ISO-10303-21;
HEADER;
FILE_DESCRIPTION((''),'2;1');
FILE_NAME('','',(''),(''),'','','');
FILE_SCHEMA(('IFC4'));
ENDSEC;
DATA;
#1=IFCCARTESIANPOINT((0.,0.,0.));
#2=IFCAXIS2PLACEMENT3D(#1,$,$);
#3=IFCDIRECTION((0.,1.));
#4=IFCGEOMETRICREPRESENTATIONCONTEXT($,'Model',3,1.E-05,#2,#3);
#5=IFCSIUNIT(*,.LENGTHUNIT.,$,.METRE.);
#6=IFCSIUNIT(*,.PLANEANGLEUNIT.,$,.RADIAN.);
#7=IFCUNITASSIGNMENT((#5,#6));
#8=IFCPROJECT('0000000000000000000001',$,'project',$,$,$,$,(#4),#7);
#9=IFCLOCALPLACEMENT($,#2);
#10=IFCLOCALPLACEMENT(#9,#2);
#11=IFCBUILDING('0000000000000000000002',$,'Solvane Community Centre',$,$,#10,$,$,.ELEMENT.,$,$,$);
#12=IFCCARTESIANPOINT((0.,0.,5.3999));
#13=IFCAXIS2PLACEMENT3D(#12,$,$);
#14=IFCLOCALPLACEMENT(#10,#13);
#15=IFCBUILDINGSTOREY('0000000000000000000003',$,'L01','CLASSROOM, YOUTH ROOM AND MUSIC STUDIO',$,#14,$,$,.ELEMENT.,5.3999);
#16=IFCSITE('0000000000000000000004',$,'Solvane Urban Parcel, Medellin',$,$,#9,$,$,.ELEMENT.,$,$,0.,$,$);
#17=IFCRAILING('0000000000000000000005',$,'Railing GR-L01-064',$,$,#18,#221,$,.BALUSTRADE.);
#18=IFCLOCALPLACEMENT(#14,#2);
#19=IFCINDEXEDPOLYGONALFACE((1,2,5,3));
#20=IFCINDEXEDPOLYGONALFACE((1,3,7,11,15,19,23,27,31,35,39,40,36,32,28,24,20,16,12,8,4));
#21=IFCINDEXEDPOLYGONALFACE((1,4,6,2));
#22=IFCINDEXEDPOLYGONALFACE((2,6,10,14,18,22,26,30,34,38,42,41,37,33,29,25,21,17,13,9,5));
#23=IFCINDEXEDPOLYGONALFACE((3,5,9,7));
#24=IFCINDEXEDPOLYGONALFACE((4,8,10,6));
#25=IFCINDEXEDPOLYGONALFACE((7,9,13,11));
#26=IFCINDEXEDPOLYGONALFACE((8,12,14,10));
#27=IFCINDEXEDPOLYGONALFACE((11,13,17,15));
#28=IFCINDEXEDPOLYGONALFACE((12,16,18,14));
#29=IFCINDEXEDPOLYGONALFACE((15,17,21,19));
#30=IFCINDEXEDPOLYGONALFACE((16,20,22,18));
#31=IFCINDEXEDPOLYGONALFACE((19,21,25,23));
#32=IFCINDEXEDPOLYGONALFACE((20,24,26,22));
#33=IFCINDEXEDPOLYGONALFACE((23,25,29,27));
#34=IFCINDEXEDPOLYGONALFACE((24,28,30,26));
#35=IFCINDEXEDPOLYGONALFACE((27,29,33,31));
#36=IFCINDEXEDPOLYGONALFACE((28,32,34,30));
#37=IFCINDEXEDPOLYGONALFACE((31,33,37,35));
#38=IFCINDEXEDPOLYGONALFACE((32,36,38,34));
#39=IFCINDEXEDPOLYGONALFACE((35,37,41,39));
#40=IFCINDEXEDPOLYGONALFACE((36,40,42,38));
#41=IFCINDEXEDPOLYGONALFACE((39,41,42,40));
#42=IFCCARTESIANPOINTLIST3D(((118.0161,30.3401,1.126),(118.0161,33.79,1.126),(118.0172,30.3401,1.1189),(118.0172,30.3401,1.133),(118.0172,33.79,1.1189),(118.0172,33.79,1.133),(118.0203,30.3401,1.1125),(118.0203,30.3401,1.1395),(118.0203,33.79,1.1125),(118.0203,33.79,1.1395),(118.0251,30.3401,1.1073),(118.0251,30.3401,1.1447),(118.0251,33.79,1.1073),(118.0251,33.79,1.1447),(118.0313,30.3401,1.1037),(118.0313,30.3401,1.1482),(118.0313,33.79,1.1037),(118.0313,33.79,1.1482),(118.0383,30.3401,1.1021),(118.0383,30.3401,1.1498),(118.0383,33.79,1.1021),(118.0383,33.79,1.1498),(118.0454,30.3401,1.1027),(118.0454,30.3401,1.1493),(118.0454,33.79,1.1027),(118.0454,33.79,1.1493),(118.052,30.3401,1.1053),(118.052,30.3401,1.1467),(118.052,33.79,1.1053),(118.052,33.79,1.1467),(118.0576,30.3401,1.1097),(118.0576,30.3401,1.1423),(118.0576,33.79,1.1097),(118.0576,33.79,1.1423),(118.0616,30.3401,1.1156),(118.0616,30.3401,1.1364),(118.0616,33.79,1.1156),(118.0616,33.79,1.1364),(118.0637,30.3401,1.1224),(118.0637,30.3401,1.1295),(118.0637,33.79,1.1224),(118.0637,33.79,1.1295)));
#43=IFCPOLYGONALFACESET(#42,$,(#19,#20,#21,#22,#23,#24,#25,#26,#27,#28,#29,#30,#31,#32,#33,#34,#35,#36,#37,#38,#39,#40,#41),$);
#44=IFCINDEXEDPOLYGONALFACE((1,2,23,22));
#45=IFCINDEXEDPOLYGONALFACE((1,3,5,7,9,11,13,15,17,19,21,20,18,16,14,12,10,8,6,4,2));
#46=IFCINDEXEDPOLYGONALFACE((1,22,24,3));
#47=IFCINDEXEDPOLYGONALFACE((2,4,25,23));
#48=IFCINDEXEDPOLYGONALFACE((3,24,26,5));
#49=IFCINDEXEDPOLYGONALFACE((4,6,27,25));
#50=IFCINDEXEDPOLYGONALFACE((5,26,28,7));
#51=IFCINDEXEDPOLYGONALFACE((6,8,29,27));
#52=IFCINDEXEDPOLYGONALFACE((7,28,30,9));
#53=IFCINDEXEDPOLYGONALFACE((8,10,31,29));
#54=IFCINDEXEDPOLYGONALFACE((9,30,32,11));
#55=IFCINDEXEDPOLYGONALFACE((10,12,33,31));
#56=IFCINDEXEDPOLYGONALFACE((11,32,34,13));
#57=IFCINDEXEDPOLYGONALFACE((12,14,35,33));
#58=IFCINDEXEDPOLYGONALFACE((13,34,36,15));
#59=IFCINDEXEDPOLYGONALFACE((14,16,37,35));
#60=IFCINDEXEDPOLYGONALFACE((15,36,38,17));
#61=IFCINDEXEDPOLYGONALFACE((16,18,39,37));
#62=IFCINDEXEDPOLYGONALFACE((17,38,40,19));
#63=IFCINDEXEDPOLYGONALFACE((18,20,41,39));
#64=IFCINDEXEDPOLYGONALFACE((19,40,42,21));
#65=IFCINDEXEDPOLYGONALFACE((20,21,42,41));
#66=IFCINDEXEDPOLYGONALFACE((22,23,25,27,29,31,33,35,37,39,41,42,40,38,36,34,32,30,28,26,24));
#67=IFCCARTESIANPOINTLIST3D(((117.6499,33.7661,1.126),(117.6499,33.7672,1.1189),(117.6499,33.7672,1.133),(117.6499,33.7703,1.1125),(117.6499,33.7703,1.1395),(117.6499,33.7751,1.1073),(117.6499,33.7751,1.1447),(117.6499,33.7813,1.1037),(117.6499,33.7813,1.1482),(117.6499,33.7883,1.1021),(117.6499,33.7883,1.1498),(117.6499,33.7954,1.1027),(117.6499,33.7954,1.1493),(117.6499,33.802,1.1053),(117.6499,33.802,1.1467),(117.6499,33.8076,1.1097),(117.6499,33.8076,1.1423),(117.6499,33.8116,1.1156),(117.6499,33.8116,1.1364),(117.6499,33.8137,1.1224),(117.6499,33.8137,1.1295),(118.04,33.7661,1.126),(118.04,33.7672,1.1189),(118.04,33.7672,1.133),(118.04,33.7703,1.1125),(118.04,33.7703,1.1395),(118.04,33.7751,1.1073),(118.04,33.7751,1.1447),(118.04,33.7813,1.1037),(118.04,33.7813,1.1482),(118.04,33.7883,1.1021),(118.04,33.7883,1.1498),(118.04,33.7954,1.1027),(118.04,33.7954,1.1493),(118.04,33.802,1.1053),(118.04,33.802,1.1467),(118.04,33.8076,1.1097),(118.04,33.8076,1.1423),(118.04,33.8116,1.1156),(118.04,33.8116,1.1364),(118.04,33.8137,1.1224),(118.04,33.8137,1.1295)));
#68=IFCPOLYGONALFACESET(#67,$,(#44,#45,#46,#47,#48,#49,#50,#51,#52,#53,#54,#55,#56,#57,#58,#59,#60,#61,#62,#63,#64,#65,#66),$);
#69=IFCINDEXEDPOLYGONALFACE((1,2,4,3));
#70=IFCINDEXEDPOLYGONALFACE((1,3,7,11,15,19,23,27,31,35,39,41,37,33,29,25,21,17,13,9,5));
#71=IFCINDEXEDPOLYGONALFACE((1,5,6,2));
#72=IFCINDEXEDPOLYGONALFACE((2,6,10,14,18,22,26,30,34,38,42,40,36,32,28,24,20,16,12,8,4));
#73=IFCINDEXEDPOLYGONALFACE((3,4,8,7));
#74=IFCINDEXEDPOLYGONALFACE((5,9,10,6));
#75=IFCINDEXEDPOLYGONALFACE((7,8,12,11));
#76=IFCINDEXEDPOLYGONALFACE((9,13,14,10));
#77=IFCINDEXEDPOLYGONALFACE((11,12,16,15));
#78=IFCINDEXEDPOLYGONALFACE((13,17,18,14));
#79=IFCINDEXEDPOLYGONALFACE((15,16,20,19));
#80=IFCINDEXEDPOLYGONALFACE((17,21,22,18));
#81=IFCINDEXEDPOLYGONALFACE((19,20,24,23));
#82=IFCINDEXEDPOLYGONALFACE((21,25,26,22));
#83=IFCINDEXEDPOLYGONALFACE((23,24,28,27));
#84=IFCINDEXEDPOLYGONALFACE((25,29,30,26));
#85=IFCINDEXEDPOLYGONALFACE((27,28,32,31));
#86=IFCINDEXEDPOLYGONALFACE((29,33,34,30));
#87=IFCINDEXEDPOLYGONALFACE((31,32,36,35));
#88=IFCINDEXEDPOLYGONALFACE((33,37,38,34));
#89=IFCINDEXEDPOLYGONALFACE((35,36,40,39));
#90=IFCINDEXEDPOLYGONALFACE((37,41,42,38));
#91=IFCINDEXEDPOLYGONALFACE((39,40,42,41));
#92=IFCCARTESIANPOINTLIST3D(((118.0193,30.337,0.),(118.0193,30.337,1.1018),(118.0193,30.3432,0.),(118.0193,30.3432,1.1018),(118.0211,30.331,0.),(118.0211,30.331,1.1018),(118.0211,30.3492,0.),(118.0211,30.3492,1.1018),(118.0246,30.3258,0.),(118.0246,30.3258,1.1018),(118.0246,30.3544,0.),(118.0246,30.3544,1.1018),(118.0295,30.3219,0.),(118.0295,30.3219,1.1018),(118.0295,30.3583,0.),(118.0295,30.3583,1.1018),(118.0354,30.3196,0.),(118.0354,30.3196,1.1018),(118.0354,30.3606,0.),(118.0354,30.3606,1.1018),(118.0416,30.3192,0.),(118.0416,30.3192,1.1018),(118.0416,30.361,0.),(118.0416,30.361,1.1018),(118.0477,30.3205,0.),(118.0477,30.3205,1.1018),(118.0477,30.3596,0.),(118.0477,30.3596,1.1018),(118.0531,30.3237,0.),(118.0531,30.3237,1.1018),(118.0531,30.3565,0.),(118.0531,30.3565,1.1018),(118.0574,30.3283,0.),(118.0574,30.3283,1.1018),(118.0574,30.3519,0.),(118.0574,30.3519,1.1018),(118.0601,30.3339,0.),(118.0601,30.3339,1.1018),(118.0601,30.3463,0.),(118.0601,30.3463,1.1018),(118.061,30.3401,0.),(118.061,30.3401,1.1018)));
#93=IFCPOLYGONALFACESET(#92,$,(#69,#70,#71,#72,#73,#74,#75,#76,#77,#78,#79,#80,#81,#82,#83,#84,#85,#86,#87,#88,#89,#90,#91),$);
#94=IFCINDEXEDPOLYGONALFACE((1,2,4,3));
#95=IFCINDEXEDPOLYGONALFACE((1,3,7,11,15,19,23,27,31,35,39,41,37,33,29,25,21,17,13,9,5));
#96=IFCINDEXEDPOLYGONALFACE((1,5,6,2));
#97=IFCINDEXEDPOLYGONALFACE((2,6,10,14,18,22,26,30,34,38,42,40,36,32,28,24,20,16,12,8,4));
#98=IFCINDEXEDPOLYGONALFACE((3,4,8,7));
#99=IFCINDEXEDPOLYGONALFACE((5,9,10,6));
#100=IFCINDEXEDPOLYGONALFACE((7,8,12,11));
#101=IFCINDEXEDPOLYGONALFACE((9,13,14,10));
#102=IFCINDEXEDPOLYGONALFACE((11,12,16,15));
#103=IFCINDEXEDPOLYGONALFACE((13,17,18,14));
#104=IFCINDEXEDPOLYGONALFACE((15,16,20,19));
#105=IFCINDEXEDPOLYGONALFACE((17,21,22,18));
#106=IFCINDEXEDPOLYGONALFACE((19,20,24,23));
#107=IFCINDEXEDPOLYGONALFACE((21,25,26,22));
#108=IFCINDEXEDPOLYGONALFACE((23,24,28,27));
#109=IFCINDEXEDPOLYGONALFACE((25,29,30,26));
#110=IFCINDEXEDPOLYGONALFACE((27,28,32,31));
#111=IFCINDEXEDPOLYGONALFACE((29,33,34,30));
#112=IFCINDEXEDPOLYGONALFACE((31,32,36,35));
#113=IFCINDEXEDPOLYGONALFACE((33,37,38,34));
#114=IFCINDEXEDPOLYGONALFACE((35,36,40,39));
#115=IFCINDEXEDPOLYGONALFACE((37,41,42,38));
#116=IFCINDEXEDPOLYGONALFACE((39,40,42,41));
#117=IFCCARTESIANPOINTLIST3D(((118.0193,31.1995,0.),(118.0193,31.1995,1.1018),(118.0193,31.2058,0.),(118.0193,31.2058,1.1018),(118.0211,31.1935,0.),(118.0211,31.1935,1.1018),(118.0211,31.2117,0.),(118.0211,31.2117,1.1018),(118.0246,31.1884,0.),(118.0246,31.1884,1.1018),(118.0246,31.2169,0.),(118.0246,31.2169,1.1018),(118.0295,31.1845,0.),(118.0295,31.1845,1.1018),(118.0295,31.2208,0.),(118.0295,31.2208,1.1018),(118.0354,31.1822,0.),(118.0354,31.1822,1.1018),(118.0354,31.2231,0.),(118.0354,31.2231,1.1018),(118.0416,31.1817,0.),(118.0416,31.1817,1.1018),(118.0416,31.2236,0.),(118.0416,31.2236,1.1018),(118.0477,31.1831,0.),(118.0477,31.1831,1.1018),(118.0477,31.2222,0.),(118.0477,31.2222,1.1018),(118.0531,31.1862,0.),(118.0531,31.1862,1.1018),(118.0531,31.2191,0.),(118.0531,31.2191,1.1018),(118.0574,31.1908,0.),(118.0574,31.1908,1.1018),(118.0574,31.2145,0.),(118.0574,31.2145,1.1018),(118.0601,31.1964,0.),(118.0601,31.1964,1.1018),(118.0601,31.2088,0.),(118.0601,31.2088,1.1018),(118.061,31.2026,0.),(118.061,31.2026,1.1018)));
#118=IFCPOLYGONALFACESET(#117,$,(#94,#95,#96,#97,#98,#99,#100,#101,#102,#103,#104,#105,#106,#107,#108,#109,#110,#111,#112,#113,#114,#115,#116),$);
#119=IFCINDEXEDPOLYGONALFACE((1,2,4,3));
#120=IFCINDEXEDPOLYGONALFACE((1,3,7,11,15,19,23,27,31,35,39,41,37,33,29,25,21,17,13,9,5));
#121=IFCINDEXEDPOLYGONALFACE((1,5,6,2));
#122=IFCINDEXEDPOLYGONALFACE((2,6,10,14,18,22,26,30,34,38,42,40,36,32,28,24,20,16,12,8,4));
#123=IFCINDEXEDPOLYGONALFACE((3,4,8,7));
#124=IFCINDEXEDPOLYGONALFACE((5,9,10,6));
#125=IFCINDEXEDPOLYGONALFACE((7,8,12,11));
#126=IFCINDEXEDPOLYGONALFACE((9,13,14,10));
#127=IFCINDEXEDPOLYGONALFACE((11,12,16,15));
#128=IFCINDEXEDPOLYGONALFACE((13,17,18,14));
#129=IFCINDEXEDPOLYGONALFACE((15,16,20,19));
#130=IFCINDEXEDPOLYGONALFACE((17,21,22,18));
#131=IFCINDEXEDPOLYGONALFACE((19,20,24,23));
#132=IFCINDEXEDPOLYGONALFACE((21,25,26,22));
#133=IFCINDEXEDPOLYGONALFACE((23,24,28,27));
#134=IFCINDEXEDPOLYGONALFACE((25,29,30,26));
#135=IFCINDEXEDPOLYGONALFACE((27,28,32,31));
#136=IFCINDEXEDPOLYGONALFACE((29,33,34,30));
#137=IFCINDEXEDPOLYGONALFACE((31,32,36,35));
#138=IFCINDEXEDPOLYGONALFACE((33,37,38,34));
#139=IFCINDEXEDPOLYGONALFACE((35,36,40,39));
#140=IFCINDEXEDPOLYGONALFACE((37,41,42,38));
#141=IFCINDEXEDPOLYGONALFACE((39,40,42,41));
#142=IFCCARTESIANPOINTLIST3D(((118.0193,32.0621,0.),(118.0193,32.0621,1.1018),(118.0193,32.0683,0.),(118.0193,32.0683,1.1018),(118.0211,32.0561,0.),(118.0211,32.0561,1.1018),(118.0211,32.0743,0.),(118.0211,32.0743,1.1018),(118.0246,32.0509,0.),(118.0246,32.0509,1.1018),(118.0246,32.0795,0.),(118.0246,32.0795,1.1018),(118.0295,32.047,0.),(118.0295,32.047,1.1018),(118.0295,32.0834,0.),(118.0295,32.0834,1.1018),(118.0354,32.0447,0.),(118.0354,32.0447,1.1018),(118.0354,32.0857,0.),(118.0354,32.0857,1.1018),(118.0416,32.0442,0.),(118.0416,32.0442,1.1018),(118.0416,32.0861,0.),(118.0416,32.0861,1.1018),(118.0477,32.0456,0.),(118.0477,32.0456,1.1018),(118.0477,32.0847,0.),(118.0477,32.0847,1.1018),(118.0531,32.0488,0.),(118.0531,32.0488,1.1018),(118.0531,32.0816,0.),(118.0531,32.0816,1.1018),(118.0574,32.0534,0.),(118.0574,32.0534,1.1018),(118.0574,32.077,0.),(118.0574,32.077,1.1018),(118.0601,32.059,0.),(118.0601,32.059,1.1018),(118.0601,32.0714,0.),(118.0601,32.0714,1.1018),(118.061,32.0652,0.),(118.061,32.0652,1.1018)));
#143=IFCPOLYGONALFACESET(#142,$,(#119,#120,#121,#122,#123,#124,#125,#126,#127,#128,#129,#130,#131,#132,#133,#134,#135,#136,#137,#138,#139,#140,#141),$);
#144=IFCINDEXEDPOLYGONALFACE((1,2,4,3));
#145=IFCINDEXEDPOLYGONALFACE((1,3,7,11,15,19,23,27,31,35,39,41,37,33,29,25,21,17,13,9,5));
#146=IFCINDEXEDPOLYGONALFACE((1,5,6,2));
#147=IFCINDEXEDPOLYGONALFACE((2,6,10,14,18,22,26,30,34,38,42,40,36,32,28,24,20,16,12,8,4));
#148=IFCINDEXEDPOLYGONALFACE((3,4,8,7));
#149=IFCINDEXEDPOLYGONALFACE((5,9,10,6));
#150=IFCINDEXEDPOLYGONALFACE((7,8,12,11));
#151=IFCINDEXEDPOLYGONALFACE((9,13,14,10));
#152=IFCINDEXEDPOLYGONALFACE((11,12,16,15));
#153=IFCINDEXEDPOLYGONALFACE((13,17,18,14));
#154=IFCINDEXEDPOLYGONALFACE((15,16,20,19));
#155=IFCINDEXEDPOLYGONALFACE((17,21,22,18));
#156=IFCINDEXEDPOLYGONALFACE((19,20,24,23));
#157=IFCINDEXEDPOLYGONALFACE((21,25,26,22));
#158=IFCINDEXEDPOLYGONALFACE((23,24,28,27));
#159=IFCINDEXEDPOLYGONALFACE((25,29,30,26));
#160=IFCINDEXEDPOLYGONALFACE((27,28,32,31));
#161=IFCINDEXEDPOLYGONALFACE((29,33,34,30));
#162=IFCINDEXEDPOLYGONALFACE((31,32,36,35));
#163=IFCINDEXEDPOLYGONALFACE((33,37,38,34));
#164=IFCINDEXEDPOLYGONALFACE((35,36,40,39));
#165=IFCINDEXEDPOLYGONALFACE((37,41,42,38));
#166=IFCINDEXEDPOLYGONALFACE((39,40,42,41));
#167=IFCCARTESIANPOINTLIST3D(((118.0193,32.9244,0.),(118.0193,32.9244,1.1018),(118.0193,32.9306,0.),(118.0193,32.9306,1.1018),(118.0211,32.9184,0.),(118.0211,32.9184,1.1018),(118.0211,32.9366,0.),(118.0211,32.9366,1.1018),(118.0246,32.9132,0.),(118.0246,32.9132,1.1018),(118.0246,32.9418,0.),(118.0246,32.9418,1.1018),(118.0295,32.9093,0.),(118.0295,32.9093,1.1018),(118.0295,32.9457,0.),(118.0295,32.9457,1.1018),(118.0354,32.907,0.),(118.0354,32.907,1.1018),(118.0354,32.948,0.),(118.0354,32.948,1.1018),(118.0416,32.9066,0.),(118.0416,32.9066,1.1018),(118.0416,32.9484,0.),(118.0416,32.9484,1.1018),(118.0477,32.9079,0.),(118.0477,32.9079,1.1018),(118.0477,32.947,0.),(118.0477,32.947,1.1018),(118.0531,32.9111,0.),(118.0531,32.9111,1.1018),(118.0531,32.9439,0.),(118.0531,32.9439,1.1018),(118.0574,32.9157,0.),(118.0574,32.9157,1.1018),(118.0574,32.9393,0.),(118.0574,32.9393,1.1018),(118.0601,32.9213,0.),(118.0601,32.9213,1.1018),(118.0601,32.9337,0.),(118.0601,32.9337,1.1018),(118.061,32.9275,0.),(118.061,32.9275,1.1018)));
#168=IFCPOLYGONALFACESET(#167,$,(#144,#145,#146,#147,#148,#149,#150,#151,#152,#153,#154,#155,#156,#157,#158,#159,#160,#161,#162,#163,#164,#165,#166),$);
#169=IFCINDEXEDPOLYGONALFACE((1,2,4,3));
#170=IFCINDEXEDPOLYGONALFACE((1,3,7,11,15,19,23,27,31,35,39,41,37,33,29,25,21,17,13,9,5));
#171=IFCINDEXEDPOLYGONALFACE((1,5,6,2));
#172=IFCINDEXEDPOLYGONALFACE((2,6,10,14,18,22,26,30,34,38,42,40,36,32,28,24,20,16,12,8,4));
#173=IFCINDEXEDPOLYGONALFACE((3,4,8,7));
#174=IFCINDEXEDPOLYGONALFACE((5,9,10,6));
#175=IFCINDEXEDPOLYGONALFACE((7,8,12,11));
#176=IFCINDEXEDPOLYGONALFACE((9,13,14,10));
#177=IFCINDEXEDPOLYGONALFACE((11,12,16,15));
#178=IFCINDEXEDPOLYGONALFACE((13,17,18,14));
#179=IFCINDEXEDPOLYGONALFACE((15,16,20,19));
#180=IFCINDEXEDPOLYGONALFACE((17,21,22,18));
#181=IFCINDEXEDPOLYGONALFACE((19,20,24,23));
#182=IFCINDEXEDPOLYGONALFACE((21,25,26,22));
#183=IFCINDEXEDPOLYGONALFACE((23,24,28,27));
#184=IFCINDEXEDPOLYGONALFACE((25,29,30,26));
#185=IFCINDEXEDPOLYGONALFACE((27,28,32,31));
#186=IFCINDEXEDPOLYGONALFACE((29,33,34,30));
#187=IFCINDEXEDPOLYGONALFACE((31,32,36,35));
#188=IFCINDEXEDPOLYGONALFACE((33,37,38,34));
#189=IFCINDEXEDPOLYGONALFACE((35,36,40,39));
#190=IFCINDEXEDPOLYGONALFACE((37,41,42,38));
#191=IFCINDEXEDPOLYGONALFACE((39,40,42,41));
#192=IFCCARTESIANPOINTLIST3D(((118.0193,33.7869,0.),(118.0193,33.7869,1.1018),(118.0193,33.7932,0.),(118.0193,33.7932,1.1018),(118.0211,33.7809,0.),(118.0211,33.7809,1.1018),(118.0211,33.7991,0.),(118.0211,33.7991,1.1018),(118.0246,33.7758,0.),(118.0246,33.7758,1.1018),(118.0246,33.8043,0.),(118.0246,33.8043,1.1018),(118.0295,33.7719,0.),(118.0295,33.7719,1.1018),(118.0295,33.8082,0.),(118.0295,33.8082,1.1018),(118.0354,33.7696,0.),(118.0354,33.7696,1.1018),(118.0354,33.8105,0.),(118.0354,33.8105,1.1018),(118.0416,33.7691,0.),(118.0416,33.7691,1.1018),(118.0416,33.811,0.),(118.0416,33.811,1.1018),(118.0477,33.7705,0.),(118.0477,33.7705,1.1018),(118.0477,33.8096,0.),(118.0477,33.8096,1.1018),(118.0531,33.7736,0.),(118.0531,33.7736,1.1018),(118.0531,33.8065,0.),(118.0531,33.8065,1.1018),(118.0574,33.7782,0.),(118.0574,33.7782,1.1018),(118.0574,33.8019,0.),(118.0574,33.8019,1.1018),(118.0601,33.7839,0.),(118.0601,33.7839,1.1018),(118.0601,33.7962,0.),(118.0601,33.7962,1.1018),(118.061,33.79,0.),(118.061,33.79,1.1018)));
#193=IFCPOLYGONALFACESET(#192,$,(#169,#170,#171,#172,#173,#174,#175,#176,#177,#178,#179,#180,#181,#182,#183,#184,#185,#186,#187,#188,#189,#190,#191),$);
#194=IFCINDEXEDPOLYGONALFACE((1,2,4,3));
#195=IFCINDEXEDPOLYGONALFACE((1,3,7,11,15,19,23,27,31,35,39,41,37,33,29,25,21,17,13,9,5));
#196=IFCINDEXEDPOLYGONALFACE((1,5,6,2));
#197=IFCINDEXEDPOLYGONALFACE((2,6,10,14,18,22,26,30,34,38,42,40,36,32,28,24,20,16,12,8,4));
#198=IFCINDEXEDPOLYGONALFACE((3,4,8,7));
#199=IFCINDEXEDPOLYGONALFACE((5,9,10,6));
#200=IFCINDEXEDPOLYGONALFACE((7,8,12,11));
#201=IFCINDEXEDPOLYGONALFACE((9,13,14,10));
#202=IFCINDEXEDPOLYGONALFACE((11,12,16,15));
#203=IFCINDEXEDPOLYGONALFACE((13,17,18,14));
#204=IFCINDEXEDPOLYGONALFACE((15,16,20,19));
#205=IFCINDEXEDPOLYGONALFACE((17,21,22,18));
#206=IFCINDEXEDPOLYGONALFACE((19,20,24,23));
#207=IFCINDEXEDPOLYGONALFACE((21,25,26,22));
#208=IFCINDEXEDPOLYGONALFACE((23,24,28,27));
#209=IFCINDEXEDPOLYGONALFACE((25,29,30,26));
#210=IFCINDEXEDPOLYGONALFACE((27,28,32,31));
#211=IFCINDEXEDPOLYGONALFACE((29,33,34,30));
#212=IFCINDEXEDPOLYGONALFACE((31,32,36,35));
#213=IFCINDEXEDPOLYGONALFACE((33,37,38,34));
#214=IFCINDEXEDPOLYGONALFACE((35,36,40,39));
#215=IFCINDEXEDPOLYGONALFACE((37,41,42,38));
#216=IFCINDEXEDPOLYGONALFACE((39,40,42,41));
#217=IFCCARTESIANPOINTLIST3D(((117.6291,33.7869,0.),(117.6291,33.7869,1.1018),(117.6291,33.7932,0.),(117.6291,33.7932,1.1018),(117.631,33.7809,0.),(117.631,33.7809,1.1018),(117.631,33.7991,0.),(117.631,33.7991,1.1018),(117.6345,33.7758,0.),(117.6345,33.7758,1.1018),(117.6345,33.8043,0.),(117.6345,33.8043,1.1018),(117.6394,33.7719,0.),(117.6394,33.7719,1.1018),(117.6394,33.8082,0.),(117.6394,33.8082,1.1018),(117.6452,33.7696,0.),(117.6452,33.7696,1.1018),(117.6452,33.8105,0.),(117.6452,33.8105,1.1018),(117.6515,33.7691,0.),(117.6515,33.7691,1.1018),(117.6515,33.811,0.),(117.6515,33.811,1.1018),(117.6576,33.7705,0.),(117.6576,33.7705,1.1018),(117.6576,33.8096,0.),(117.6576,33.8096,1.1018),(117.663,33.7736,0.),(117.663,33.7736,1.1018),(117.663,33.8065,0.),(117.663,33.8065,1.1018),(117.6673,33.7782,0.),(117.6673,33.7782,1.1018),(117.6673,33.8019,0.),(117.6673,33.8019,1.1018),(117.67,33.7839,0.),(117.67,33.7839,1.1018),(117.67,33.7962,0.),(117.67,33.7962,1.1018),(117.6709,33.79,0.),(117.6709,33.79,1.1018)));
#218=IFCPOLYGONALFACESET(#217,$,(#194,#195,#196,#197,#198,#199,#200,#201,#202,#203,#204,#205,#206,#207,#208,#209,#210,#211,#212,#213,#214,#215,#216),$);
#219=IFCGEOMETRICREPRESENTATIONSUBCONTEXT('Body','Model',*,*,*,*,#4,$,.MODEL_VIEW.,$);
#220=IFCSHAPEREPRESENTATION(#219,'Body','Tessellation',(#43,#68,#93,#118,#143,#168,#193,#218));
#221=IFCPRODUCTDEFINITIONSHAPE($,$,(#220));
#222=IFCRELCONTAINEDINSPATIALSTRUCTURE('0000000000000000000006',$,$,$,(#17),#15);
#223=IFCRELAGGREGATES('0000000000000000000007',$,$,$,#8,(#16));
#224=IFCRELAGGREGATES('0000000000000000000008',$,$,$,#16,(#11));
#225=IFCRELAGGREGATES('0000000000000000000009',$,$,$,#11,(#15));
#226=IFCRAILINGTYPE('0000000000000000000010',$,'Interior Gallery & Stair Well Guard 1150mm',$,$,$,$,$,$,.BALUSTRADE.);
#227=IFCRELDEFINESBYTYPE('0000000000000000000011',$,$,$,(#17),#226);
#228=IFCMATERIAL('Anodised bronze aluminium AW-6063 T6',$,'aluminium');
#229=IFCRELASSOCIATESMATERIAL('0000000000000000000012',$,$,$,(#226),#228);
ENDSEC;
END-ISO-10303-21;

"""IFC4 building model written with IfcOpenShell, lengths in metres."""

from ifc_helpers import new_model, si_unit, direction, frame, origin, origin_2d, place, context, subcontext, project, spatial, circle, extrude, material, type_object, element, save


model = new_model("IFC4")

# Units and contexts
model_context = context("Model", 3, precision=1e-05, world=origin(), true_north=direction((0.0, 1.0)))
body_context = subcontext(model_context, "Body", "Model", "MODEL_VIEW")
ifc_project = project(units=[si_unit("LENGTHUNIT", "METRE"), si_unit("PLANEANGLEUNIT", "RADIAN")], contexts=[model_context])

# Site, building, storey
site_placement = place(None, origin())
site = spatial("IfcSite", under=ifc_project, at=site_placement, Name="Solvane Urban Parcel, Medellin", CompositionType="ELEMENT", RefElevation=0.0)
building_placement = place(site_placement, origin())
building = spatial("IfcBuilding", under=site, at=building_placement, Name="Solvane Community Centre", CompositionType="ELEMENT")
storey_placement = place(building_placement, frame((0.0, 0.0, 5.3999)))
storey = spatial("IfcBuildingStorey", under=building, at=storey_placement, Name="L01", Description="CLASSROOM, YOUTH ROOM AND MUSIC STUDIO", CompositionType="ELEMENT", Elevation=5.3999)

# Shared definitions
ifc_material_1 = material(Name="Anodised bronze aluminium AW-6063 T6", Category="aluminium")

# Railing
railing_type = type_object("IfcRailingType", Name="Interior Gallery & Stair Well Guard 1150mm", PredefinedType="BALUSTRADE", material=ifc_material_1)
railing_placement = place(storey_placement, frame((118.04, 30.3401, 0.0)))
element("IfcRailing", 1, at=railing_placement, inside=storey, type_object=railing_type, Name="Railing GR-L01-064", PredefinedType="BALUSTRADE", context=body_context, shape_type="SweptSolid", body=[
    extrude(circle(Radius=0.0239, at=origin_2d()), frame((0.0, 0.0, 1.126), z_axis=(0.0, 1.0, 0.0), x_axis=(-1.0, 0.0, 0.0)), (0.0, 0.0, 1.0), 3.45),
    extrude(circle(Radius=0.0239, at=origin_2d()), frame((0.0, 3.45, 1.126), z_axis=(-1.0, 0.0, 0.0), x_axis=(0.0, -1.0, 0.0)), (0.0, 0.0, 1.0), 0.3901),
    extrude(circle(Radius=0.021, at=origin_2d()), origin(), (0.0, 0.0, 1.0), 1.1018),
    extrude(circle(Radius=0.021, at=origin_2d()), frame((0.0, 0.8625, 0.0)), (0.0, 0.0, 1.0), 1.1018),
    extrude(circle(Radius=0.021, at=origin_2d()), frame((0.0, 1.7251, 0.0)), (0.0, 0.0, 1.0), 1.1018),
    extrude(circle(Radius=0.021, at=origin_2d()), frame((0.0, 2.5874, 0.0)), (0.0, 0.0, 1.0), 1.1018),
    extrude(circle(Radius=0.021, at=origin_2d()), frame((0.0, 3.45, 0.0)), (0.0, 0.0, 1.0), 1.1018),
    extrude(circle(Radius=0.021, at=origin_2d()), frame((-0.3901, 3.45, 0.0)), (0.0, 0.0, 1.0), 1.1018),
])

save(model, "model.ifc")
